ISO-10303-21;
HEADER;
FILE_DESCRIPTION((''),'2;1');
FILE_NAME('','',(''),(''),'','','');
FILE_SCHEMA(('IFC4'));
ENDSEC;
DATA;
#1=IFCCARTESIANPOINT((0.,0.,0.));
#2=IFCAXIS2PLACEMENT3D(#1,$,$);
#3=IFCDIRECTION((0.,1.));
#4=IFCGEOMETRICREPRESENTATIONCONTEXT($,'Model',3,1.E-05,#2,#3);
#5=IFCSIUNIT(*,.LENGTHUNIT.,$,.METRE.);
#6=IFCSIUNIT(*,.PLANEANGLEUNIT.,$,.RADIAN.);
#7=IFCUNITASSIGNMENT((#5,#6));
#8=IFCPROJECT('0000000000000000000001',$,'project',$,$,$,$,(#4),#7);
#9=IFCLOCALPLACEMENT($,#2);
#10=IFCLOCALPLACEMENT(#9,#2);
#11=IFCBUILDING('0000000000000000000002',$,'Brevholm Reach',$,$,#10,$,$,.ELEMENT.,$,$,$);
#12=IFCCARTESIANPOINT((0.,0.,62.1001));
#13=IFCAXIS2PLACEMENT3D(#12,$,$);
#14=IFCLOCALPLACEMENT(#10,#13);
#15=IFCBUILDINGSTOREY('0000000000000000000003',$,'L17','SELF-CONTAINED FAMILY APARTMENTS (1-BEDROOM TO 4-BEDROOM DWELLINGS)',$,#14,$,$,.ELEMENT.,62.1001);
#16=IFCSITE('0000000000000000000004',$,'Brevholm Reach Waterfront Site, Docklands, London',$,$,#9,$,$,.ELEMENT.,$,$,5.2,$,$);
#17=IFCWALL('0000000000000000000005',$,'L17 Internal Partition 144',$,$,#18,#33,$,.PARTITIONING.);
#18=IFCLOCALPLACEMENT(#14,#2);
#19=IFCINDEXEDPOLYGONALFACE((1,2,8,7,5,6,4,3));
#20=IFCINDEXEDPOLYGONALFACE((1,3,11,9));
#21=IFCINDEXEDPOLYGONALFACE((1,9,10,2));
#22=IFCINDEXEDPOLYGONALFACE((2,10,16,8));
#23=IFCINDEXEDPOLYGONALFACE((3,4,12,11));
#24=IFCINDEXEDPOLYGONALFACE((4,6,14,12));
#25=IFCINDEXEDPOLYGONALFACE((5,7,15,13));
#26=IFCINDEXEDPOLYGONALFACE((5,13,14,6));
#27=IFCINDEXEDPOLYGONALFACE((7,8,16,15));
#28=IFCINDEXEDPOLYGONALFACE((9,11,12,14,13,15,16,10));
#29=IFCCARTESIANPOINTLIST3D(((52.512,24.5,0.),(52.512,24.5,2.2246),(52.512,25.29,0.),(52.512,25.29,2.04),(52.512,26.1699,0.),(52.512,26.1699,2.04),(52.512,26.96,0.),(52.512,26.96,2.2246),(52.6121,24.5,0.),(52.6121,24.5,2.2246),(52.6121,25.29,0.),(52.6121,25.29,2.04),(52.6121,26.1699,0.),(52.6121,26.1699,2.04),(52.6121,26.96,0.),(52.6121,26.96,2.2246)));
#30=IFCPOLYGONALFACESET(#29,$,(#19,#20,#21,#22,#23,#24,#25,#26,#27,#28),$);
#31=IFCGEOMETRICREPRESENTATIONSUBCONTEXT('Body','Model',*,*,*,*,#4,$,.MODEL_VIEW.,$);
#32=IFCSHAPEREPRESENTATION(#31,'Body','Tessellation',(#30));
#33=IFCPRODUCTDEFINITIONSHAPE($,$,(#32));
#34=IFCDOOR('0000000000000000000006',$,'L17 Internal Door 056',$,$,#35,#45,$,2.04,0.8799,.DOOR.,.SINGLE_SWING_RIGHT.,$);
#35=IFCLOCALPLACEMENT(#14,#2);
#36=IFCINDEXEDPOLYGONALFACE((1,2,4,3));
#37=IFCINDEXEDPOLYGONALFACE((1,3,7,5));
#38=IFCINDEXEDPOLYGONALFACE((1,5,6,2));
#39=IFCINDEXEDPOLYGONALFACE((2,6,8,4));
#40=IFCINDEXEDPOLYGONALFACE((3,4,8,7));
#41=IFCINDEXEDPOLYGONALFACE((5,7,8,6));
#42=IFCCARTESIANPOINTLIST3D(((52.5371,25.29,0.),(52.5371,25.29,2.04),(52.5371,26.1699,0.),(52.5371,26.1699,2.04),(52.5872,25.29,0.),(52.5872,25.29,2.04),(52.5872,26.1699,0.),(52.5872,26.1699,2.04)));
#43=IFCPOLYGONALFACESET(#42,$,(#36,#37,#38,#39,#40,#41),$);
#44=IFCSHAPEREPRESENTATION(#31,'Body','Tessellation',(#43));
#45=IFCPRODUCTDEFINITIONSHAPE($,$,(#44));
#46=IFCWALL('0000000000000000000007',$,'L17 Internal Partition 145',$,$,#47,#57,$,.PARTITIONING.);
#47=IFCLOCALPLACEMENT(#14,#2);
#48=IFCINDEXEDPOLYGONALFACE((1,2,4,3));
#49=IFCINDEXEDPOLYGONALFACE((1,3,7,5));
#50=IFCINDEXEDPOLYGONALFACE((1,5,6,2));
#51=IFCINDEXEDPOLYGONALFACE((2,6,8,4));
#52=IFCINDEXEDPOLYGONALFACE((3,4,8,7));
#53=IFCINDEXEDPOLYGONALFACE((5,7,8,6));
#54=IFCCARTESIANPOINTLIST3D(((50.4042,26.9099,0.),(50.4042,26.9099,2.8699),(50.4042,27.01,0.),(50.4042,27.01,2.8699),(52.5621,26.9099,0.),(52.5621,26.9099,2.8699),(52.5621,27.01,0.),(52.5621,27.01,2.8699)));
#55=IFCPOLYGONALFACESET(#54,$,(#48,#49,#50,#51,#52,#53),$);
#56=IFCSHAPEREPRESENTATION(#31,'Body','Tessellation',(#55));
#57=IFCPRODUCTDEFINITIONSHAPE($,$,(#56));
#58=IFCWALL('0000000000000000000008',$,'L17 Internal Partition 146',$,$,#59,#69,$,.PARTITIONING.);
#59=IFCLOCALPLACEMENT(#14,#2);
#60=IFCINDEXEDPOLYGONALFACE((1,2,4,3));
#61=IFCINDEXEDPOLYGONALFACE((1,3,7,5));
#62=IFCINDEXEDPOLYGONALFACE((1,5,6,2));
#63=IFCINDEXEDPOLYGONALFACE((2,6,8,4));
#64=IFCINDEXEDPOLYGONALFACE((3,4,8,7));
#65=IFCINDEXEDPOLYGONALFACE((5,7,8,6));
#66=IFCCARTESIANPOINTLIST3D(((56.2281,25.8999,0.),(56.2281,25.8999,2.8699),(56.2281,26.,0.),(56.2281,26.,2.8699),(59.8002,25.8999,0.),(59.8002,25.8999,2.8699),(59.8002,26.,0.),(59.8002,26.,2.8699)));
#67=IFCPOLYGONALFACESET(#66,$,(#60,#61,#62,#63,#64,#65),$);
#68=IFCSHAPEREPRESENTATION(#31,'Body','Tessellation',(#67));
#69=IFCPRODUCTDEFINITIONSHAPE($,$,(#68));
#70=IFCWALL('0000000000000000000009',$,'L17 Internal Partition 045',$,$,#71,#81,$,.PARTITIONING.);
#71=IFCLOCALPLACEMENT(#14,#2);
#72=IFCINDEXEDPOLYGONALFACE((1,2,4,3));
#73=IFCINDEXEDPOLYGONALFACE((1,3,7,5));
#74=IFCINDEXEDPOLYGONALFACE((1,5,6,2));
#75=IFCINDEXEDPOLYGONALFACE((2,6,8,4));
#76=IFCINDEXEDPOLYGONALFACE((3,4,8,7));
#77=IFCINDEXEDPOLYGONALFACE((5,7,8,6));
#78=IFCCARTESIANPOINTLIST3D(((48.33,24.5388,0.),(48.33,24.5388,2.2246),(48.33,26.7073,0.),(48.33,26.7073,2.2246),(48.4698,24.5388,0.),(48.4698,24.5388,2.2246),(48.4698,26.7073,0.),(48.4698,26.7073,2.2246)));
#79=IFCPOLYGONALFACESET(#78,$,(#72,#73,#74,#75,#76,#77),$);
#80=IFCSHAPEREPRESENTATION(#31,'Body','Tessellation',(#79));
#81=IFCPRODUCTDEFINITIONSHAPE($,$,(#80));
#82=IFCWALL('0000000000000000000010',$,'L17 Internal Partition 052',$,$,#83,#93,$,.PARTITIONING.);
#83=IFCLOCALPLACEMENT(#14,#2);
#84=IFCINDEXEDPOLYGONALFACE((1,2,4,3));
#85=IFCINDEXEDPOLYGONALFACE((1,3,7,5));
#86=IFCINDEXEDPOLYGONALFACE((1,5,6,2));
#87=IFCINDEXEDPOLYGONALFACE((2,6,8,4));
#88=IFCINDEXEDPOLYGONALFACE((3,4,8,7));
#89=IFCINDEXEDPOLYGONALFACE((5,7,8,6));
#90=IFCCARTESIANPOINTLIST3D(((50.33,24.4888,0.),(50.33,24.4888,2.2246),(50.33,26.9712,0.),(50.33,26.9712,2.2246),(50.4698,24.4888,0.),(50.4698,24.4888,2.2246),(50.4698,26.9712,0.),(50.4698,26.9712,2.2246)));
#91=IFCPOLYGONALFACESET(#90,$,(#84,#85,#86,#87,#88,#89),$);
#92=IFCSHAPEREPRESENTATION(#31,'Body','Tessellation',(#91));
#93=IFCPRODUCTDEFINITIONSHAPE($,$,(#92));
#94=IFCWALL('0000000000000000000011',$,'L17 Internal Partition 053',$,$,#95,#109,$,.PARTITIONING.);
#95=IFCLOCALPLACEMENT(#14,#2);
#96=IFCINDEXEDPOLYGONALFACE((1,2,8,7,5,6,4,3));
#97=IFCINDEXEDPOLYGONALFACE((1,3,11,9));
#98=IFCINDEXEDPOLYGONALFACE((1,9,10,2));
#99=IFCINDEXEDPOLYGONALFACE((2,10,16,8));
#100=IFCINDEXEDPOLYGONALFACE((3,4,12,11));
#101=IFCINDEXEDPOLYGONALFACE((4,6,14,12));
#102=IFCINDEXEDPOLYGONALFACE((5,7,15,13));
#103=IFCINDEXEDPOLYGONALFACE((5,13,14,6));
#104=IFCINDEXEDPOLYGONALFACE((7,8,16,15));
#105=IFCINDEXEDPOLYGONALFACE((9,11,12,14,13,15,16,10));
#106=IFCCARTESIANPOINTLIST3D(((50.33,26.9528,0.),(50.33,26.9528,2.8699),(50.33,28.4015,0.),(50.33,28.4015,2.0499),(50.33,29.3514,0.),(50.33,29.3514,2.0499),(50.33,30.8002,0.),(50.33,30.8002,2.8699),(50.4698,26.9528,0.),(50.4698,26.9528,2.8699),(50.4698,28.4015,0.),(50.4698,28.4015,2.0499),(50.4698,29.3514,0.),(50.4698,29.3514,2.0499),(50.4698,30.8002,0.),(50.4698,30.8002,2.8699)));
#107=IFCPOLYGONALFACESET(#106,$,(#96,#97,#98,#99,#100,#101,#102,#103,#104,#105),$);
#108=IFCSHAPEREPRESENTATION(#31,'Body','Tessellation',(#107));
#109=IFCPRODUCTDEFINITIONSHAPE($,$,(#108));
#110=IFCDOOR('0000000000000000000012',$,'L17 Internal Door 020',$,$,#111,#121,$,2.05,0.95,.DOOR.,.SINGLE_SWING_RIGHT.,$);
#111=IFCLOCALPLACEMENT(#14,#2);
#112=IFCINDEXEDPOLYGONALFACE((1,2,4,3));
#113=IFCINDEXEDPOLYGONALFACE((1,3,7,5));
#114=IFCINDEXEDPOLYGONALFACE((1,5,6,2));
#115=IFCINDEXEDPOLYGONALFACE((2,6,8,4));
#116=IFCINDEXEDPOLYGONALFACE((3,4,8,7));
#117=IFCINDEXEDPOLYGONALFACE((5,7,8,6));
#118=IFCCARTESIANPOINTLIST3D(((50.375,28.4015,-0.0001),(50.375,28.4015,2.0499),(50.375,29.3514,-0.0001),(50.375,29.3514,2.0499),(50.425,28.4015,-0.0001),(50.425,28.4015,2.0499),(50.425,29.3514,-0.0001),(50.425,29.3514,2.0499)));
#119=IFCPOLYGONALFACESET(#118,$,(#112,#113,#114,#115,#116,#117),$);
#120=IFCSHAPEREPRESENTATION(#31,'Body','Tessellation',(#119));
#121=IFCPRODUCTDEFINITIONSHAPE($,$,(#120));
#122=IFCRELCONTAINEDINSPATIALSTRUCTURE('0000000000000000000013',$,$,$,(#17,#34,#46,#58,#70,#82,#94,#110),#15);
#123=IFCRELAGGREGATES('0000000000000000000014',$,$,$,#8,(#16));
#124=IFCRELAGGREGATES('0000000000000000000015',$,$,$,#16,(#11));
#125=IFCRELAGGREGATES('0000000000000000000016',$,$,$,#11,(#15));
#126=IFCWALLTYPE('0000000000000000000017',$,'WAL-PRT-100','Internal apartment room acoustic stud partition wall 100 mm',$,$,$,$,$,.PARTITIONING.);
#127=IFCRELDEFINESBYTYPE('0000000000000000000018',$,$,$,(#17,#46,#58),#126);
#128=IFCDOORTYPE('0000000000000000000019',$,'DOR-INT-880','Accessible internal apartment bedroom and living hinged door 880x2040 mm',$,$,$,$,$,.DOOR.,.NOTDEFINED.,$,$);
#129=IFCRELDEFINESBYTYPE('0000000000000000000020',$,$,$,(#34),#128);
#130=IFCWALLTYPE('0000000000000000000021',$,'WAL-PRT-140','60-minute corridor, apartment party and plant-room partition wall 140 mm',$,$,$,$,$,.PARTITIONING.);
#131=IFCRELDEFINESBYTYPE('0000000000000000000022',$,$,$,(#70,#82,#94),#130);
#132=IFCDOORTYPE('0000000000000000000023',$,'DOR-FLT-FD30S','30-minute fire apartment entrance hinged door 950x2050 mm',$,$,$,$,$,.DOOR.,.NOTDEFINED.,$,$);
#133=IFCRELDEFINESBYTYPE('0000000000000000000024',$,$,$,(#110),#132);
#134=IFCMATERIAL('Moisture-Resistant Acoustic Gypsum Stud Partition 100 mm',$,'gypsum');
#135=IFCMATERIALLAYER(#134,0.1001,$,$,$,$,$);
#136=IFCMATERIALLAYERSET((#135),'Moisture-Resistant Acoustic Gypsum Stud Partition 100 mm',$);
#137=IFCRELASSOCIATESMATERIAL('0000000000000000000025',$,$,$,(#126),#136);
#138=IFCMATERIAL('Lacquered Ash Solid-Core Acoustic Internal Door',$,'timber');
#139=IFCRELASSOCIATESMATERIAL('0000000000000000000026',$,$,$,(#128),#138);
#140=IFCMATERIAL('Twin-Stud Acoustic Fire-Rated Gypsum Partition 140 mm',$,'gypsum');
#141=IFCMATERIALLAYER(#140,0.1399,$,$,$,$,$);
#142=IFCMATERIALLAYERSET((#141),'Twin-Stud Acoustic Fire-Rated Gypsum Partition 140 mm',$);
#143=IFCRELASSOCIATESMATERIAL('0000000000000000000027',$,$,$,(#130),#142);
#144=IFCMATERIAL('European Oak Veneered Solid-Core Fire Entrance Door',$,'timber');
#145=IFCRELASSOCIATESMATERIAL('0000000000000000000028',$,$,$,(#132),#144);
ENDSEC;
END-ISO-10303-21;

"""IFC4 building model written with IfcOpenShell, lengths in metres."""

from ifc_helpers import new_model, si_unit, direction, frame, frame_2d, origin, place, context, subcontext, project, spatial, rectangle, extrude, material, layer, layer_set, type_object, element, fill, save


model = new_model("IFC4")

# Units and contexts
model_context = context("Model", 3, precision=1e-05, world=origin(), true_north=direction((0.0, 1.0)))
body_context = subcontext(model_context, "Body", "Model", "MODEL_VIEW")
ifc_project = project(units=[si_unit("LENGTHUNIT", "METRE"), si_unit("PLANEANGLEUNIT", "RADIAN")], contexts=[model_context])

# Site, building, storey
site_placement = place(None, origin())
site = spatial("IfcSite", under=ifc_project, at=site_placement, Name="Brevholm Reach Waterfront Site, Docklands, London", CompositionType="ELEMENT", RefElevation=5.2)
building_placement = place(site_placement, origin())
building = spatial("IfcBuilding", under=site, at=building_placement, Name="Brevholm Reach", CompositionType="ELEMENT")
storey_placement = place(building_placement, frame((0.0, 0.0, 62.1001)))
storey = spatial("IfcBuildingStorey", under=building, at=storey_placement, Name="L17", Description="SELF-CONTAINED FAMILY APARTMENTS (1-BEDROOM TO 4-BEDROOM DWELLINGS)", CompositionType="ELEMENT", Elevation=62.1001)

# Shared definitions
ifc_material_1 = material(Name="Moisture-Resistant Acoustic Gypsum Stud Partition 100 mm", Category="gypsum")
ifc_layer_1 = layer(ifc_material_1, 0.1001)
ifc_layer_set_1 = layer_set([ifc_layer_1], Name="Moisture-Resistant Acoustic Gypsum Stud Partition 100 mm")
wall_type_1 = type_object("IfcWallType", Name="WAL-PRT-100", Description="Internal apartment room acoustic stud partition wall 100 mm", PredefinedType="PARTITIONING", material=ifc_layer_set_1)

# Wall, opening, door
wall_1_placement = place(storey_placement, frame((52.562, 24.5, 0.0), z_axis=(0.0, 0.0, 1.0), x_axis=(0.0, 1.0, 0.0)))
wall_1 = element("IfcWall", 1, at=wall_1_placement, inside=storey, type_object=wall_type_1, Name="L17 Internal Partition 144", PredefinedType="PARTITIONING", context=body_context, shape_type="SweptSolid", body=[
    extrude(rectangle(XDim=2.46, YDim=0.1001, at=frame_2d((1.23, 0.0))), origin(), (0.0, 0.0, 1.0), 2.2246),
])
opening_1_placement = place(wall_1_placement, frame((0.79, 0.0, 0.0)))
opening_1 = element("IfcOpeningElement", 2, at=opening_1_placement, cuts=wall_1, PredefinedType="OPENING", context=body_context, shape_type="SweptSolid", body=[
    extrude(rectangle(XDim=0.8799, YDim=2.04, at=frame_2d((0.4399, 1.02))), frame((0.0, 0.0601, 0.0), z_axis=(0.0, -1.0, 0.0), x_axis=(1.0, 0.0, 0.0)), (0.0, 0.0, 1.0), 0.1201),
])
ifc_material_2 = material(Name="Lacquered Ash Solid-Core Acoustic Internal Door", Category="timber")
door_type_1 = type_object("IfcDoorType", Name="DOR-INT-880", Description="Accessible internal apartment bedroom and living hinged door 880x2040 mm", OperationType="NOTDEFINED", PredefinedType="DOOR", material=ifc_material_2)
door_1_placement = place(opening_1_placement, origin())
door_1 = element("IfcDoor", 3, at=door_1_placement, inside=storey, type_object=door_type_1, Name="L17 Internal Door 056", OperationType="SINGLE_SWING_RIGHT", OverallHeight=2.04, OverallWidth=0.8799, PredefinedType="DOOR", context=body_context, shape_type="SweptSolid", body=[
    extrude(rectangle(XDim=0.8799, YDim=2.04, at=frame_2d((0.4399, 1.02))), frame((0.0, 0.0249, 0.0), z_axis=(0.0, -1.0, 0.0), x_axis=(1.0, 0.0, 0.0)), (0.0, 0.0, 1.0), 0.05),
])
fill(opening_1, door_1)

# Walls
wall_2_placement = place(storey_placement, frame((50.4041, 26.96, 0.0), z_axis=(0.0, 0.0, 1.0), x_axis=(1.0, 0.0, 0.0)))
element("IfcWall", 4, at=wall_2_placement, inside=storey, type_object=wall_type_1, Name="L17 Internal Partition 145", PredefinedType="PARTITIONING", context=body_context, shape_type="SweptSolid", body=[
    extrude(rectangle(XDim=2.158, YDim=0.1001, at=frame_2d((1.0791, 0.0))), origin(), (0.0, 0.0, 1.0), 2.8699),
])
wall_3_placement = place(storey_placement, frame((56.228, 25.95, 0.0), z_axis=(0.0, 0.0, 1.0), x_axis=(1.0, 0.0, 0.0)))
element("IfcWall", 5, at=wall_3_placement, inside=storey, type_object=wall_type_1, Name="L17 Internal Partition 146", PredefinedType="PARTITIONING", context=body_context, shape_type="SweptSolid", body=[
    extrude(rectangle(XDim=3.572, YDim=0.1001, at=frame_2d((1.7861, 0.0))), origin(), (0.0, 0.0, 1.0), 2.8699),
])
ifc_material_3 = material(Name="Twin-Stud Acoustic Fire-Rated Gypsum Partition 140 mm", Category="gypsum")
ifc_layer_2 = layer(ifc_material_3, 0.1399)
ifc_layer_set_2 = layer_set([ifc_layer_2], Name="Twin-Stud Acoustic Fire-Rated Gypsum Partition 140 mm")
wall_type_2 = type_object("IfcWallType", Name="WAL-PRT-140", Description="60-minute corridor, apartment party and plant-room partition wall 140 mm", PredefinedType="PARTITIONING", material=ifc_layer_set_2)
wall_4_placement = place(storey_placement, frame((48.3999, 24.5388, 0.0), z_axis=(0.0, 0.0, 1.0), x_axis=(0.0, 1.0, 0.0)))
element("IfcWall", 6, at=wall_4_placement, inside=storey, type_object=wall_type_2, Name="L17 Internal Partition 045", PredefinedType="PARTITIONING", context=body_context, shape_type="SweptSolid", body=[
    extrude(rectangle(XDim=2.1685, YDim=0.1399, at=frame_2d((1.0842, 0.0))), origin(), (0.0, 0.0, 1.0), 2.2246),
])
wall_5_placement = place(storey_placement, frame((50.3999, 24.4888, 0.0), z_axis=(0.0, 0.0, 1.0), x_axis=(0.0, 1.0, 0.0)))
element("IfcWall", 7, at=wall_5_placement, inside=storey, type_object=wall_type_2, Name="L17 Internal Partition 052", PredefinedType="PARTITIONING", context=body_context, shape_type="SweptSolid", body=[
    extrude(rectangle(XDim=2.4824, YDim=0.1399, at=frame_2d((1.2412, 0.0))), origin(), (0.0, 0.0, 1.0), 2.2246),
])

# Wall, opening, door
wall_6_placement = place(storey_placement, frame((50.3999, 26.9526, 0.0), z_axis=(0.0, 0.0, 1.0), x_axis=(0.0, 1.0, 0.0)))
wall_6 = element("IfcWall", 8, at=wall_6_placement, inside=storey, type_object=wall_type_2, Name="L17 Internal Partition 053", PredefinedType="PARTITIONING", context=body_context, shape_type="SweptSolid", body=[
    extrude(rectangle(XDim=3.8474, YDim=0.1399, at=frame_2d((1.9238, 0.0))), origin(), (0.0, 0.0, 1.0), 2.8699),
])
opening_2_placement = place(wall_6_placement, frame((1.4487, 0.0, 0.0)))
opening_2 = element("IfcOpeningElement", 9, at=opening_2_placement, cuts=wall_6, PredefinedType="OPENING", context=body_context, shape_type="SweptSolid", body=[
    extrude(rectangle(XDim=0.95, YDim=2.05, at=frame_2d((0.4751, 1.0249))), frame((0.0, 0.0798, 0.0), z_axis=(0.0, -1.0, 0.0), x_axis=(1.0, 0.0, 0.0)), (0.0, 0.0, 1.0), 0.1599),
])
ifc_material_4 = material(Name="European Oak Veneered Solid-Core Fire Entrance Door", Category="timber")
door_type_2 = type_object("IfcDoorType", Name="DOR-FLT-FD30S", Description="30-minute fire apartment entrance hinged door 950x2050 mm", OperationType="NOTDEFINED", PredefinedType="DOOR", material=ifc_material_4)
door_2_placement = place(opening_2_placement, origin())
door_2 = element("IfcDoor", 10, at=door_2_placement, inside=storey, type_object=door_type_2, Name="L17 Internal Door 020", OperationType="SINGLE_SWING_RIGHT", OverallHeight=2.05, OverallWidth=0.95, PredefinedType="DOOR", context=body_context, shape_type="SweptSolid", body=[
    extrude(rectangle(XDim=0.95, YDim=2.05, at=frame_2d((0.4751, 1.0249))), frame((0.0, 0.0249, 0.0), z_axis=(0.0, -1.0, 0.0), x_axis=(1.0, 0.0, 0.0)), (0.0, 0.0, 1.0), 0.05),
])
fill(opening_2, door_2)

save(model, "model.ifc")
